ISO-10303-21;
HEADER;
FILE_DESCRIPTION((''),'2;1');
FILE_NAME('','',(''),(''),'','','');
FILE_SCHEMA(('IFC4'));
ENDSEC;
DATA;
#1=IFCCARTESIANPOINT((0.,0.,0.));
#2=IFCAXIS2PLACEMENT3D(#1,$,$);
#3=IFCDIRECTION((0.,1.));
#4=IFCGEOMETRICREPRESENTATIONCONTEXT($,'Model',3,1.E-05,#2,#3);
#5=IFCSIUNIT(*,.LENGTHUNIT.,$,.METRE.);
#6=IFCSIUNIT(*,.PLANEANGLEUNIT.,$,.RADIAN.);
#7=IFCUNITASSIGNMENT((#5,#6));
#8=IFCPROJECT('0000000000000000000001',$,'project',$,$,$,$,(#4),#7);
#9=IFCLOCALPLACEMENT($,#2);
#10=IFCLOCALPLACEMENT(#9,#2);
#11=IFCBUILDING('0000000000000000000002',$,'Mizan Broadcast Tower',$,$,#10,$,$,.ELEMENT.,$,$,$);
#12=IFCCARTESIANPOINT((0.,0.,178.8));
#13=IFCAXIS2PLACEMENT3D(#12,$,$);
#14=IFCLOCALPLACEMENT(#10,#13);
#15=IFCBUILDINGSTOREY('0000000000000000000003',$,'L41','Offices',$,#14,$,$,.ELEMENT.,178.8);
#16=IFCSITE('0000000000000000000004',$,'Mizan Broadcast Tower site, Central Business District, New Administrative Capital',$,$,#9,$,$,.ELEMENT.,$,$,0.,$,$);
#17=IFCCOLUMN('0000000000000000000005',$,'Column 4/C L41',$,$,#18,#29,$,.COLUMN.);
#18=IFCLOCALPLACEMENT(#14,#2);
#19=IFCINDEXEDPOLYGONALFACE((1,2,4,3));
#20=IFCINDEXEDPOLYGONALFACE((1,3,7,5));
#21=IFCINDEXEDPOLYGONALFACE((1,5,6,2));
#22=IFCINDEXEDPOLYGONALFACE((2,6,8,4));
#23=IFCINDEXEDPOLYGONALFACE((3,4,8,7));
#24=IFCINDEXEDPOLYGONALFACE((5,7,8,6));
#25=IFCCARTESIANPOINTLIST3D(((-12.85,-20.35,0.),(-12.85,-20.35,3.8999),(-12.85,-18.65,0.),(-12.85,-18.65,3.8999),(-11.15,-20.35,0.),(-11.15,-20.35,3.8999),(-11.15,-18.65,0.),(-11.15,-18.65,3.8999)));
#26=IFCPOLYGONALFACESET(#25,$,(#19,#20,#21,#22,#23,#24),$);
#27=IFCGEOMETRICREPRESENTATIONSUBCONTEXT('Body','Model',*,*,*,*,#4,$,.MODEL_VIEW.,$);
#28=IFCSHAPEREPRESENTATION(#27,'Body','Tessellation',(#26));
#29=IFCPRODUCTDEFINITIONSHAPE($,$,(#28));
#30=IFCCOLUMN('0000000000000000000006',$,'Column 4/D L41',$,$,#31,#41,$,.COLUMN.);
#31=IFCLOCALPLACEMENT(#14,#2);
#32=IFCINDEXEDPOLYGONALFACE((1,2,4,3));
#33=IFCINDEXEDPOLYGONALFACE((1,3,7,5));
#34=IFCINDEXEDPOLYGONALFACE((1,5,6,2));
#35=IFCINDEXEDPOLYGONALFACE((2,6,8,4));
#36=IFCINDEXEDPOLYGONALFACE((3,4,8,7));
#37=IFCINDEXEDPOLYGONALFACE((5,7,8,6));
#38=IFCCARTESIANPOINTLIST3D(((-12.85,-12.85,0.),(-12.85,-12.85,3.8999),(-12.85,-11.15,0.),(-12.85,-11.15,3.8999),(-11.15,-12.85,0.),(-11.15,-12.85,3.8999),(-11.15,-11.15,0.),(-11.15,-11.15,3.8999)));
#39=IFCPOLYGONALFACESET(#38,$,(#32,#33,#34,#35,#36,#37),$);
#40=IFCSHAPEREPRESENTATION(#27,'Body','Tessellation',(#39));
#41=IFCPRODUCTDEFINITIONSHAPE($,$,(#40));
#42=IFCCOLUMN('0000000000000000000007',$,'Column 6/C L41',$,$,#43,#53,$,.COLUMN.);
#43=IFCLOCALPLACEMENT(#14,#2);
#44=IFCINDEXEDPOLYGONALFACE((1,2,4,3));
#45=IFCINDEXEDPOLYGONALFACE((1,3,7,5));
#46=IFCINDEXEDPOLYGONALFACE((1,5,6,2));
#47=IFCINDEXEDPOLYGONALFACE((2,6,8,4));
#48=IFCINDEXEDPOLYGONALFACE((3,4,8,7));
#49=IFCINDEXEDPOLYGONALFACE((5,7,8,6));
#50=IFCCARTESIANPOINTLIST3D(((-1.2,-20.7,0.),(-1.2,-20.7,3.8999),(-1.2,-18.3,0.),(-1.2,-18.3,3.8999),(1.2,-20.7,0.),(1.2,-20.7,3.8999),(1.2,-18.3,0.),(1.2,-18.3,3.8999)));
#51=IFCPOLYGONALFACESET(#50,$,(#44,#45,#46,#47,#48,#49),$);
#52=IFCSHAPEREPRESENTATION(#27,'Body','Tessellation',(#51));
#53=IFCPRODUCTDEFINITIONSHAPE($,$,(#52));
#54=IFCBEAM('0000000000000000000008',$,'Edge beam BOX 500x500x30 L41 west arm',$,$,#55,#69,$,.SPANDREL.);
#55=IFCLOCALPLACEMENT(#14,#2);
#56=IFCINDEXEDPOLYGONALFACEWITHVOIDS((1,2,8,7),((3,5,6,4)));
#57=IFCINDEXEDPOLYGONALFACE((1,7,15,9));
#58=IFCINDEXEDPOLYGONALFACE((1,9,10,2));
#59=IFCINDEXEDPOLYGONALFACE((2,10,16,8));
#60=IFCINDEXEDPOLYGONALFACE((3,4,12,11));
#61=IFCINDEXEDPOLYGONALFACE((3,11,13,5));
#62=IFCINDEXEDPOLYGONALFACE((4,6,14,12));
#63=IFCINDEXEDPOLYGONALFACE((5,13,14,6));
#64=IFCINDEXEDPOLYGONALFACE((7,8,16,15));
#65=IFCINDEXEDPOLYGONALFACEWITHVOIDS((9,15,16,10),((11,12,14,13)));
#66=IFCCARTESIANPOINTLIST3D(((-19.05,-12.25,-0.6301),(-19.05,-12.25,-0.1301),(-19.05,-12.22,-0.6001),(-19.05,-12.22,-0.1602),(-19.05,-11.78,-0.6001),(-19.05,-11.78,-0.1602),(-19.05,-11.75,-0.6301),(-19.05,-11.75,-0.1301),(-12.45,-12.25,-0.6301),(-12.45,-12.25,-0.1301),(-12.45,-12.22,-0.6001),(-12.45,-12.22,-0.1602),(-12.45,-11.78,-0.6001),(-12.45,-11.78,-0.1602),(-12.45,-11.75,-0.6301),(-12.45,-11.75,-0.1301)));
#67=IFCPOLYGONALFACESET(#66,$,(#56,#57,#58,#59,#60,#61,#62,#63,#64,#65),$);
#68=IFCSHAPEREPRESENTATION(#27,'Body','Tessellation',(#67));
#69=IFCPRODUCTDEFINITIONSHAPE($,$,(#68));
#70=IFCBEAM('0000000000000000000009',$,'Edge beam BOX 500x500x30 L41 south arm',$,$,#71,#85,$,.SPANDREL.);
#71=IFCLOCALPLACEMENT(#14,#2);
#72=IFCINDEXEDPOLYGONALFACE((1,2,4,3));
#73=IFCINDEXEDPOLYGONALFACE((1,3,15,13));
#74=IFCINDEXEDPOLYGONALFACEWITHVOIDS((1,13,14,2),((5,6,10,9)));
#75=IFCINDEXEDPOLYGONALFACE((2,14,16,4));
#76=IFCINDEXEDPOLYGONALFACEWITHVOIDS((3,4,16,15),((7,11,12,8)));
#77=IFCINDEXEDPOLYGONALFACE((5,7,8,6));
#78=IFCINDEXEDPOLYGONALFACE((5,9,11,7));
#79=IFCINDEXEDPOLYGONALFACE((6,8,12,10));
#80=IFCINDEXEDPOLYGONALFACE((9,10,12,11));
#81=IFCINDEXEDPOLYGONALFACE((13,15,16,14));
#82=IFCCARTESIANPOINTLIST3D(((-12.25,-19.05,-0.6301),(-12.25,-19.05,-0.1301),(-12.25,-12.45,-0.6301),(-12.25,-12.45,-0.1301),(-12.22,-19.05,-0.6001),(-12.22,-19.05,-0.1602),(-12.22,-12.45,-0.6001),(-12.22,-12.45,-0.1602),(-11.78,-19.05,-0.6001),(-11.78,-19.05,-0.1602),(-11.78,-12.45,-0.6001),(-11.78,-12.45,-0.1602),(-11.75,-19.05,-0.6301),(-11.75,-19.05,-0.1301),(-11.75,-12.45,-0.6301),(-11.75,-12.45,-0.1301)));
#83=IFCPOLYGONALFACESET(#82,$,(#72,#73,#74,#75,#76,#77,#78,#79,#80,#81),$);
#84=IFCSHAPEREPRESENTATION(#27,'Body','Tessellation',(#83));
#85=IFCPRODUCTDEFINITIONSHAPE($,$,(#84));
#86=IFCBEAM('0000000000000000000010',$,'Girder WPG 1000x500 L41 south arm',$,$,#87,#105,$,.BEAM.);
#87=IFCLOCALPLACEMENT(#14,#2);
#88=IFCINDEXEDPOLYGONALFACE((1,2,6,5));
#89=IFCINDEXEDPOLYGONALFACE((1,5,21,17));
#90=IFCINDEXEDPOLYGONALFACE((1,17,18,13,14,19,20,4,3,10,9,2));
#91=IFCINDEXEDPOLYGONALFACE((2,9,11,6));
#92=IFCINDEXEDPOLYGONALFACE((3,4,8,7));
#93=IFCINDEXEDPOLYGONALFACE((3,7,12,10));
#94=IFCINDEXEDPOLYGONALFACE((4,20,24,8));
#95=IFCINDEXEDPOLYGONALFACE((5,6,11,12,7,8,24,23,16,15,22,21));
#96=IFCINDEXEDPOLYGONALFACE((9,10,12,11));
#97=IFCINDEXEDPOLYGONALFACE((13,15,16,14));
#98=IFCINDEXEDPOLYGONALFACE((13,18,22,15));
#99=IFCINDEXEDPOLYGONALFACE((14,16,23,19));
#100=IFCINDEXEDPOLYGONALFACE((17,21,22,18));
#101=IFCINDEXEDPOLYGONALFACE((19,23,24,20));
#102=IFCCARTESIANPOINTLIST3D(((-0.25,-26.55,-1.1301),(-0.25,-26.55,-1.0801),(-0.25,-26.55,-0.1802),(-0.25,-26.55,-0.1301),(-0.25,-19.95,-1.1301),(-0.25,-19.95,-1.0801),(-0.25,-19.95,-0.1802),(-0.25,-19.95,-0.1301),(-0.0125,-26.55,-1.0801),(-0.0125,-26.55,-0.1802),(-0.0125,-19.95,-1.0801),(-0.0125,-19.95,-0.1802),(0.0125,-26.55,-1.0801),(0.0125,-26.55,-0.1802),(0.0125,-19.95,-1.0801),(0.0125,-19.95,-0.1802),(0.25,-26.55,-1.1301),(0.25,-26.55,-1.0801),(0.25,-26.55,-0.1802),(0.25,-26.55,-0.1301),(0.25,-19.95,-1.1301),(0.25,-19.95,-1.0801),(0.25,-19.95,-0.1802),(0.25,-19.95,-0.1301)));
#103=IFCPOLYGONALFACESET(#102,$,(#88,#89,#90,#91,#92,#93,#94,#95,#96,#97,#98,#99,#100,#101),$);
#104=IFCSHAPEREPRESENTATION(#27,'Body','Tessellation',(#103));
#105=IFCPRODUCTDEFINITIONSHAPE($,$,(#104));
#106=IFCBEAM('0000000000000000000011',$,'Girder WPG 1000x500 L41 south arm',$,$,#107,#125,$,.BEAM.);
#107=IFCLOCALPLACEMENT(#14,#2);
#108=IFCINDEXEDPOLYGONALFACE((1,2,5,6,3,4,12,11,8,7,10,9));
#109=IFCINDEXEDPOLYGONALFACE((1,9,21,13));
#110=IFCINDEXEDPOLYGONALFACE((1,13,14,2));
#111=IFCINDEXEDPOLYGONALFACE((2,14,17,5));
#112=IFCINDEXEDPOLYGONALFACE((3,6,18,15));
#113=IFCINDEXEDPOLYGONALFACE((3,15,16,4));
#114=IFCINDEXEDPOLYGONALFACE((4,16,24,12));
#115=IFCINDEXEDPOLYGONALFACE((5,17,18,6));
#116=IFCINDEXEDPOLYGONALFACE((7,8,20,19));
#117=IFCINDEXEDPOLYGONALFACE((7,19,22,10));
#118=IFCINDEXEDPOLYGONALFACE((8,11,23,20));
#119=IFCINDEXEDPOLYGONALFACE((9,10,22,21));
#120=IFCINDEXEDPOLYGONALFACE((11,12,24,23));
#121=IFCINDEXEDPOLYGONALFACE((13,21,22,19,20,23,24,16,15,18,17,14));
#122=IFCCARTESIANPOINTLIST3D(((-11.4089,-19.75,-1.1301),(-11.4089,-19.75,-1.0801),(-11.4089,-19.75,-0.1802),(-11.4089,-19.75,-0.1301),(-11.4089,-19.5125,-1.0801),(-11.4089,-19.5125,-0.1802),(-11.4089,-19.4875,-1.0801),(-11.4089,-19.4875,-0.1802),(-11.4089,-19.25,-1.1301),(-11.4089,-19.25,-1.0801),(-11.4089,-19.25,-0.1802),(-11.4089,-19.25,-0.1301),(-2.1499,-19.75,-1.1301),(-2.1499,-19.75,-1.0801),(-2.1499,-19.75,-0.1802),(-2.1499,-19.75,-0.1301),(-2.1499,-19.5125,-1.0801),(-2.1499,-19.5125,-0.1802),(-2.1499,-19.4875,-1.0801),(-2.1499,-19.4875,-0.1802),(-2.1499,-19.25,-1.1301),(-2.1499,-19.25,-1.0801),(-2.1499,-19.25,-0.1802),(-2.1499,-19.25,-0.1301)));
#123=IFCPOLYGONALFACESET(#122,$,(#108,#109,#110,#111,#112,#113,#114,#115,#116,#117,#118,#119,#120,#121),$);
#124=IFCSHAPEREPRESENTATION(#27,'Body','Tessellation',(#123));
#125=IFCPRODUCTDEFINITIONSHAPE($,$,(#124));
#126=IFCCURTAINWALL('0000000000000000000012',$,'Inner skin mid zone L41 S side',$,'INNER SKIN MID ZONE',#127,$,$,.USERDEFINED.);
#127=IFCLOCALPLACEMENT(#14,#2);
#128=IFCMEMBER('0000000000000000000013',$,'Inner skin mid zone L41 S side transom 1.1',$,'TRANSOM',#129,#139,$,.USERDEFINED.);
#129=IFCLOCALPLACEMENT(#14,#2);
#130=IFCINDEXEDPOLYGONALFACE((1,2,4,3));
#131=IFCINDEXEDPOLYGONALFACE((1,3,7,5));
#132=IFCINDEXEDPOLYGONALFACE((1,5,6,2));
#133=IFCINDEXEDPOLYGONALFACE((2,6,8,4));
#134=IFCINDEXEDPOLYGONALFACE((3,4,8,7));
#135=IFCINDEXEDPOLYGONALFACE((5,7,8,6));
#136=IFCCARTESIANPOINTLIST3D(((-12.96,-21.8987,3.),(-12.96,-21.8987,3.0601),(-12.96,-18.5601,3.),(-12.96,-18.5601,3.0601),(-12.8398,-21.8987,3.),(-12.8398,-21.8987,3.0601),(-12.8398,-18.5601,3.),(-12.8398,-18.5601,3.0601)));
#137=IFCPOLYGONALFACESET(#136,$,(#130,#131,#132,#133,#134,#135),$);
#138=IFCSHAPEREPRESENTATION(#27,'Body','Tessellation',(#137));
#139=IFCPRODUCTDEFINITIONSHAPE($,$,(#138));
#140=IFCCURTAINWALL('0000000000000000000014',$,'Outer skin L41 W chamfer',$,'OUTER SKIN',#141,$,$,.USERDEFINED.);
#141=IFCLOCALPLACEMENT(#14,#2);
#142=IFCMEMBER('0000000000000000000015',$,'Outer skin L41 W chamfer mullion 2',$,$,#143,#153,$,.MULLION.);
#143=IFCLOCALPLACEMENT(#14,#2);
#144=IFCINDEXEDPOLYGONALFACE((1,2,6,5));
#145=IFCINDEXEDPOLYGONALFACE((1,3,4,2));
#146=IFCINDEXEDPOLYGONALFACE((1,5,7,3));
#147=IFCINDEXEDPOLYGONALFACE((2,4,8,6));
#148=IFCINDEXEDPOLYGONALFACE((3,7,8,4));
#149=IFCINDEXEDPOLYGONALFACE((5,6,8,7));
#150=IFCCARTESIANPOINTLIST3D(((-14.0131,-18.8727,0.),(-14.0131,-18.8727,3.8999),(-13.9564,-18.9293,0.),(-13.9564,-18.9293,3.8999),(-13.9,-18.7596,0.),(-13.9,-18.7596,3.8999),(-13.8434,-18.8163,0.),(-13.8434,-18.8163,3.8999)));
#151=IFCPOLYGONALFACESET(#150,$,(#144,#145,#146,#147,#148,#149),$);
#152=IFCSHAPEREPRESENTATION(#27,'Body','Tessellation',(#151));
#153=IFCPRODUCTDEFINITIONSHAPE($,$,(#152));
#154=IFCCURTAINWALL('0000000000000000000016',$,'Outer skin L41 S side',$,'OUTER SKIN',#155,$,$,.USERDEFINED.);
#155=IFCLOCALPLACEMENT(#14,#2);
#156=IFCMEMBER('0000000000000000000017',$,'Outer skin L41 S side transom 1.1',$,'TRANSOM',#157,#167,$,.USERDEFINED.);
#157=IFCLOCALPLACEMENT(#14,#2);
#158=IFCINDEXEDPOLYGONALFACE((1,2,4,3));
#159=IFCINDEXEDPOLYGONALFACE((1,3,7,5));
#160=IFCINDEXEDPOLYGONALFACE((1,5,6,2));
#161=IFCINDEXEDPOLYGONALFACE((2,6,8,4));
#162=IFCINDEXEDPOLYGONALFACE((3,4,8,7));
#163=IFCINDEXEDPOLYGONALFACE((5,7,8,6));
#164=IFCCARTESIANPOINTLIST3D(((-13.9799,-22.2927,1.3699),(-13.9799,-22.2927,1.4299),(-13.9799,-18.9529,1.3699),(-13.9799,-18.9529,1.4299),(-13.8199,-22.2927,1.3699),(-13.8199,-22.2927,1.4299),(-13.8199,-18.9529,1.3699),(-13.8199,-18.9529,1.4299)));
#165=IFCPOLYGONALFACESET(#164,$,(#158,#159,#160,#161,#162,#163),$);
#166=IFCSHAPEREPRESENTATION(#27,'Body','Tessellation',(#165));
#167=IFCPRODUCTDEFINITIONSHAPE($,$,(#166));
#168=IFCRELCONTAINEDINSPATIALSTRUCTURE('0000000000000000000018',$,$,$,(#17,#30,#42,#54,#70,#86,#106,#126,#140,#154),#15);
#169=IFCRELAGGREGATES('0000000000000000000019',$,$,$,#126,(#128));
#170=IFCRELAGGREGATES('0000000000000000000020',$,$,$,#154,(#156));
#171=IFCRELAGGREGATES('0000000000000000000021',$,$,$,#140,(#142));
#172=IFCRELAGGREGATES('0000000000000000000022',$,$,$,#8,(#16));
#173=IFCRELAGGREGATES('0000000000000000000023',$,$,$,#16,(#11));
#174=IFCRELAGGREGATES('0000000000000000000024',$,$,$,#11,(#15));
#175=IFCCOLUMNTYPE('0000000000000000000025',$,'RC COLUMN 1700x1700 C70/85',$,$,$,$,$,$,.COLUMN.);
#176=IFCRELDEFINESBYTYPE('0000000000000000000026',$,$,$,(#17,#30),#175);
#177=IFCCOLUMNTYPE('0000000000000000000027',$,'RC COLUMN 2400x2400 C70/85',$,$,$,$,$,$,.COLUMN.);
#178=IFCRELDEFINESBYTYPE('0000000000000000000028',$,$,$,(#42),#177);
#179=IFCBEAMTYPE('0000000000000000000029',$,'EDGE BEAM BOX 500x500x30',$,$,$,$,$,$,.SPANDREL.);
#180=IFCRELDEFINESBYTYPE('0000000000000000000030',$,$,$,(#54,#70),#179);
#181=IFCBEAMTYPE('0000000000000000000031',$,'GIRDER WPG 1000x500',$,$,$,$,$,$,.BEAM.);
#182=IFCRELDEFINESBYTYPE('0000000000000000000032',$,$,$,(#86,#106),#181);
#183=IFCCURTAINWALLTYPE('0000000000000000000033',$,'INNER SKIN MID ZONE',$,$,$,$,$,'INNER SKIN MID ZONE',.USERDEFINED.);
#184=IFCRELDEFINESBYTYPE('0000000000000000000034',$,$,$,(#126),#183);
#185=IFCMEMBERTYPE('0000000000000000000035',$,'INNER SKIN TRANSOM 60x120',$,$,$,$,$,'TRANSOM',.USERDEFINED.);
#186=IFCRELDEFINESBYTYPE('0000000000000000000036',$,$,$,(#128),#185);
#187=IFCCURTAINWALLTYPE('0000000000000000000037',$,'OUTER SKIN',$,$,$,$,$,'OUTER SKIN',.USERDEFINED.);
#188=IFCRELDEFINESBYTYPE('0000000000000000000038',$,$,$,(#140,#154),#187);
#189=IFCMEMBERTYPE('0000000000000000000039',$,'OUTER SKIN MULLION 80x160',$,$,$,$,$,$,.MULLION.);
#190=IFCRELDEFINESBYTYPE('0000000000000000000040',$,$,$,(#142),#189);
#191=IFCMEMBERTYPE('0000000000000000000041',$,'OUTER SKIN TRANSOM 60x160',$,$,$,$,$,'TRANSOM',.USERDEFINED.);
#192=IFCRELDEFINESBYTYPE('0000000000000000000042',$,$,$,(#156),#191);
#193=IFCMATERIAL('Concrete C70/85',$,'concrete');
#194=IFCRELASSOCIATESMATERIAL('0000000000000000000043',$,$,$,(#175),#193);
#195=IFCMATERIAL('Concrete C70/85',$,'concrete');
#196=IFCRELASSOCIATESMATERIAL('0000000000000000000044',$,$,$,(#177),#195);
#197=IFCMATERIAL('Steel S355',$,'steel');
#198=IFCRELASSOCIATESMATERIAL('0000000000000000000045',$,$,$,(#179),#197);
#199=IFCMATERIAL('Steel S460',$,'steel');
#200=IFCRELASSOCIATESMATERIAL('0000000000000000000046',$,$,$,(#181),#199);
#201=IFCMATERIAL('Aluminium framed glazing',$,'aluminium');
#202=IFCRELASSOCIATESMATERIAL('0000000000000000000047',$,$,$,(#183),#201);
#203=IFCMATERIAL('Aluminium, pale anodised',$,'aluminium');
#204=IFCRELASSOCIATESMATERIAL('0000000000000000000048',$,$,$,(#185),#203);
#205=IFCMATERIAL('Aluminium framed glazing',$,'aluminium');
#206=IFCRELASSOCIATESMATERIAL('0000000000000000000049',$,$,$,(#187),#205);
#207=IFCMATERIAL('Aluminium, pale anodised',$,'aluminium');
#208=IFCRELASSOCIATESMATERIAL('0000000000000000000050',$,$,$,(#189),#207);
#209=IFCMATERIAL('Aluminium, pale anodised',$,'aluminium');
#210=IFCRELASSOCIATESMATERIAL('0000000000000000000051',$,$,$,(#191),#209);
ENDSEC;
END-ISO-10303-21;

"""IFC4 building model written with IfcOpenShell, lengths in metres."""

from ifc_helpers import new_model, si_unit, direction, frame, origin, origin_2d, place, context, subcontext, project, spatial, rectangle, hollow_rectangle, i_section, extrude, material, material_profile, profile_set, type_object, element, aggregate, save


model = new_model("IFC4")

# Units and contexts
model_context = context("Model", 3, precision=1e-05, world=origin(), true_north=direction((0.0, 1.0)))
body_context = subcontext(model_context, "Body", "Model", "MODEL_VIEW")
ifc_project = project(units=[si_unit("LENGTHUNIT", "METRE"), si_unit("PLANEANGLEUNIT", "RADIAN")], contexts=[model_context])

# Site, building, storey
site_placement = place(None, origin())
site = spatial("IfcSite", under=ifc_project, at=site_placement, Name="Mizan Broadcast Tower site, Central Business District, New Administrative Capital", CompositionType="ELEMENT", RefElevation=0.0)
building_placement = place(site_placement, origin())
building = spatial("IfcBuilding", under=site, at=building_placement, Name="Mizan Broadcast Tower", CompositionType="ELEMENT")
storey_placement = place(building_placement, frame((0.0, 0.0, 178.8)))
storey = spatial("IfcBuildingStorey", under=building, at=storey_placement, Name="L41", Description="Offices", CompositionType="ELEMENT", Elevation=178.8)

# Columns
ifc_material_1 = material(Name="Concrete C70/85", Category="concrete")
ifc_material_profile_1 = material_profile(ifc_material_1, rectangle(XDim=1.7, YDim=1.7, at=origin_2d()), Name="RC 1700x1700")
ifc_profile_set_1 = profile_set([ifc_material_profile_1], Name="Concrete C70/85")
column_type_1 = type_object("IfcColumnType", Name="RC COLUMN 1700x1700 C70/85", PredefinedType="COLUMN", material=ifc_profile_set_1)
for number, where, z_axis, x_axis, name in (
    (1, (-12.0, -19.5, 0.0), (0.0, 0.0, 1.0), (1.0, 0.0, 0.0), "Column 4/C L41"),
    (2, (-12.0, -12.0, 0.0), (0.0, 0.0, 1.0), (1.0, 0.0, 0.0), "Column 4/D L41"),
):
    element("IfcColumn", number, at=place(storey_placement, frame(where, z_axis=z_axis, x_axis=x_axis)), inside=storey, type_object=column_type_1, Name=name, PredefinedType="COLUMN", context=body_context, shape_type="SweptSolid", body=[
        extrude(rectangle(XDim=1.7, YDim=1.7, at=origin_2d()), origin(), (0.0, 0.0, 1.0), 3.8999),
    ])
ifc_material_2 = material(Name="Concrete C70/85", Category="concrete")
ifc_material_profile_2 = material_profile(ifc_material_2, rectangle(XDim=2.3999, YDim=2.3999, at=origin_2d()), Name="RC 2400x2400")
ifc_profile_set_2 = profile_set([ifc_material_profile_2], Name="Concrete C70/85")
column_type_2 = type_object("IfcColumnType", Name="RC COLUMN 2400x2400 C70/85", PredefinedType="COLUMN", material=ifc_profile_set_2)
column_placement = place(storey_placement, frame((0.0, -19.5, 0.0), z_axis=(0.0, 0.0, 1.0), x_axis=(1.0, 0.0, 0.0)))
element("IfcColumn", 3, at=column_placement, inside=storey, type_object=column_type_2, Name="Column 6/C L41", PredefinedType="COLUMN", context=body_context, shape_type="SweptSolid", body=[
    extrude(rectangle(XDim=2.3999, YDim=2.3999, at=origin_2d()), origin(), (0.0, 0.0, 1.0), 3.8999),
])

# Beams
ifc_material_3 = material(Name="Steel S355", Category="steel")
ifc_material_profile_3 = material_profile(ifc_material_3, hollow_rectangle(XDim=0.5, YDim=0.5, WallThickness=0.03, at=origin_2d()), Name="BOX 500x500x30")
ifc_profile_set_3 = profile_set([ifc_material_profile_3], Name="Steel S355")
beam_type_1 = type_object("IfcBeamType", Name="EDGE BEAM BOX 500x500x30", PredefinedType="SPANDREL", material=ifc_profile_set_3)
for number, where, z_axis, x_axis, name in (
    (4, (-12.45, -12.0, -0.3801), (-1.0, 0.0, 0.0), (0.0, -1.0, 0.0), "Edge beam BOX 500x500x30 L41 west arm"),
    (5, (-12.0, -12.45, -0.3801), (0.0, -1.0, 0.0), (1.0, 0.0, 0.0), "Edge beam BOX 500x500x30 L41 south arm"),
):
    element("IfcBeam", number, at=place(storey_placement, frame(where, z_axis=z_axis, x_axis=x_axis)), inside=storey, type_object=beam_type_1, Name=name, PredefinedType="SPANDREL", context=body_context, shape_type="SweptSolid", body=[
        extrude(hollow_rectangle(XDim=0.5, YDim=0.5, WallThickness=0.03, at=origin_2d()), origin(), (0.0, 0.0, 1.0), 6.6001),
    ])
ifc_material_4 = material(Name="Steel S460", Category="steel")
ifc_material_profile_4 = material_profile(ifc_material_4, i_section(OverallWidth=0.5, OverallDepth=1.0, WebThickness=0.0249, FlangeThickness=0.05, at=origin_2d()), Name="WPG 1000x500")
ifc_profile_set_4 = profile_set([ifc_material_profile_4], Name="Steel S460")
beam_type_2 = type_object("IfcBeamType", Name="GIRDER WPG 1000x500", PredefinedType="BEAM", material=ifc_profile_set_4)
beam_1_placement = place(storey_placement, frame((0.0, -19.95, -0.6301), z_axis=(0.0, -1.0, 0.0), x_axis=(1.0, 0.0, 0.0)))
element("IfcBeam", 6, at=beam_1_placement, inside=storey, type_object=beam_type_2, Name="Girder WPG 1000x500 L41 south arm", PredefinedType="BEAM", context=body_context, shape_type="SweptSolid", body=[
    extrude(i_section(OverallWidth=0.5, OverallDepth=1.0, WebThickness=0.0249, FlangeThickness=0.05, at=origin_2d()), origin(), (0.0, 0.0, 1.0), 6.6001),
])
beam_2_placement = place(storey_placement, frame((-11.4089, -19.5, -0.6301), z_axis=(1.0, 0.0, 0.0), x_axis=(0.0, 1.0, 0.0)))
element("IfcBeam", 7, at=beam_2_placement, inside=storey, type_object=beam_type_2, Name="Girder WPG 1000x500 L41 south arm", PredefinedType="BEAM", context=body_context, shape_type="SweptSolid", body=[
    extrude(i_section(OverallWidth=0.5, OverallDepth=1.0, WebThickness=0.0249, FlangeThickness=0.05, at=origin_2d()), origin(), (0.0, 0.0, 1.0), 9.259),
])

# Curtain walls, members
ifc_material_5 = material(Name="Aluminium framed glazing", Category="aluminium")
curtain_wall_type_1 = type_object("IfcCurtainWallType", Name="INNER SKIN MID ZONE", ElementType="INNER SKIN MID ZONE", PredefinedType="USERDEFINED", material=ifc_material_5)
curtain_wall_1_placement = place(storey_placement, origin())
curtain_wall_1 = element("IfcCurtainWall", 8, at=curtain_wall_1_placement, inside=storey, type_object=curtain_wall_type_1, Name="Inner skin mid zone L41 S side", ObjectType="INNER SKIN MID ZONE", PredefinedType="USERDEFINED")
ifc_material_6 = material(Name="Aluminium, pale anodised", Category="aluminium")
ifc_material_profile_5 = material_profile(ifc_material_6, rectangle(XDim=0.1201, YDim=0.0601, at=origin_2d()), Name="TRANSOM 120x60")
ifc_profile_set_5 = profile_set([ifc_material_profile_5], Name="Aluminium, pale anodised")
member_type_1 = type_object("IfcMemberType", Name="INNER SKIN TRANSOM 60x120", ElementType="TRANSOM", PredefinedType="USERDEFINED", material=ifc_profile_set_5)
member_1_placement = place(storey_placement, frame((-12.8999, -18.5601, 3.03), z_axis=(0.0, -1.0, 0.0), x_axis=(1.0, 0.0, 0.0)))
member_1 = element("IfcMember", 9, at=member_1_placement, type_object=member_type_1, Name="Inner skin mid zone L41 S side transom 1.1", ObjectType="TRANSOM", PredefinedType="USERDEFINED", context=body_context, shape_type="SweptSolid", body=[
    extrude(rectangle(XDim=0.1201, YDim=0.0601, at=origin_2d()), origin(), (0.0, 0.0, 1.0), 3.3386),
])
aggregate(curtain_wall_1, [member_1])
ifc_material_7 = material(Name="Aluminium framed glazing", Category="aluminium")
curtain_wall_type_2 = type_object("IfcCurtainWallType", Name="OUTER SKIN", ElementType="OUTER SKIN", PredefinedType="USERDEFINED", material=ifc_material_7)
curtain_wall_2_placement = place(storey_placement, origin())
curtain_wall_2 = element("IfcCurtainWall", 10, at=curtain_wall_2_placement, inside=storey, type_object=curtain_wall_type_2, Name="Outer skin L41 W chamfer", ObjectType="OUTER SKIN", PredefinedType="USERDEFINED")
ifc_material_8 = material(Name="Aluminium, pale anodised", Category="aluminium")
ifc_material_profile_6 = material_profile(ifc_material_8, rectangle(XDim=0.1599, YDim=0.0801, at=origin_2d()), Name="MULLION 160x80")
ifc_profile_set_6 = profile_set([ifc_material_profile_6], Name="Aluminium, pale anodised")
member_type_2 = type_object("IfcMemberType", Name="OUTER SKIN MULLION 80x160", PredefinedType="MULLION", material=ifc_profile_set_6)
member_2_placement = place(storey_placement, frame((-13.9282, -18.8445, 0.0), z_axis=(0.0, 0.0, 1.0), x_axis=(0.707107, 0.707107, 0.0)))
member_2 = element("IfcMember", 11, at=member_2_placement, type_object=member_type_2, Name="Outer skin L41 W chamfer mullion 2", PredefinedType="MULLION", context=body_context, shape_type="SweptSolid", body=[
    extrude(rectangle(XDim=0.1599, YDim=0.0801, at=origin_2d()), origin(), (0.0, 0.0, 1.0), 3.8999),
])
curtain_wall_3_placement = place(storey_placement, origin())
curtain_wall_3 = element("IfcCurtainWall", 12, at=curtain_wall_3_placement, inside=storey, type_object=curtain_wall_type_2, Name="Outer skin L41 S side", ObjectType="OUTER SKIN", PredefinedType="USERDEFINED")
ifc_material_9 = material(Name="Aluminium, pale anodised", Category="aluminium")
ifc_material_profile_7 = material_profile(ifc_material_9, rectangle(XDim=0.1599, YDim=0.0601, at=origin_2d()), Name="TRANSOM 160x60")
ifc_profile_set_7 = profile_set([ifc_material_profile_7], Name="Aluminium, pale anodised")
member_type_3 = type_object("IfcMemberType", Name="OUTER SKIN TRANSOM 60x160", ElementType="TRANSOM", PredefinedType="USERDEFINED", material=ifc_profile_set_7)
member_3_placement = place(storey_placement, frame((-13.8999, -18.9529, 1.3999), z_axis=(0.0, -1.0, 0.0), x_axis=(1.0, 0.0, 0.0)))
member_3 = element("IfcMember", 13, at=member_3_placement, type_object=member_type_3, Name="Outer skin L41 S side transom 1.1", ObjectType="TRANSOM", PredefinedType="USERDEFINED", context=body_context, shape_type="SweptSolid", body=[
    extrude(rectangle(XDim=0.1599, YDim=0.0601, at=origin_2d()), origin(), (0.0, 0.0, 1.0), 3.3398),
])
aggregate(curtain_wall_3, [member_3])

aggregate(curtain_wall_2, [member_2])

save(model, "model.ifc")
